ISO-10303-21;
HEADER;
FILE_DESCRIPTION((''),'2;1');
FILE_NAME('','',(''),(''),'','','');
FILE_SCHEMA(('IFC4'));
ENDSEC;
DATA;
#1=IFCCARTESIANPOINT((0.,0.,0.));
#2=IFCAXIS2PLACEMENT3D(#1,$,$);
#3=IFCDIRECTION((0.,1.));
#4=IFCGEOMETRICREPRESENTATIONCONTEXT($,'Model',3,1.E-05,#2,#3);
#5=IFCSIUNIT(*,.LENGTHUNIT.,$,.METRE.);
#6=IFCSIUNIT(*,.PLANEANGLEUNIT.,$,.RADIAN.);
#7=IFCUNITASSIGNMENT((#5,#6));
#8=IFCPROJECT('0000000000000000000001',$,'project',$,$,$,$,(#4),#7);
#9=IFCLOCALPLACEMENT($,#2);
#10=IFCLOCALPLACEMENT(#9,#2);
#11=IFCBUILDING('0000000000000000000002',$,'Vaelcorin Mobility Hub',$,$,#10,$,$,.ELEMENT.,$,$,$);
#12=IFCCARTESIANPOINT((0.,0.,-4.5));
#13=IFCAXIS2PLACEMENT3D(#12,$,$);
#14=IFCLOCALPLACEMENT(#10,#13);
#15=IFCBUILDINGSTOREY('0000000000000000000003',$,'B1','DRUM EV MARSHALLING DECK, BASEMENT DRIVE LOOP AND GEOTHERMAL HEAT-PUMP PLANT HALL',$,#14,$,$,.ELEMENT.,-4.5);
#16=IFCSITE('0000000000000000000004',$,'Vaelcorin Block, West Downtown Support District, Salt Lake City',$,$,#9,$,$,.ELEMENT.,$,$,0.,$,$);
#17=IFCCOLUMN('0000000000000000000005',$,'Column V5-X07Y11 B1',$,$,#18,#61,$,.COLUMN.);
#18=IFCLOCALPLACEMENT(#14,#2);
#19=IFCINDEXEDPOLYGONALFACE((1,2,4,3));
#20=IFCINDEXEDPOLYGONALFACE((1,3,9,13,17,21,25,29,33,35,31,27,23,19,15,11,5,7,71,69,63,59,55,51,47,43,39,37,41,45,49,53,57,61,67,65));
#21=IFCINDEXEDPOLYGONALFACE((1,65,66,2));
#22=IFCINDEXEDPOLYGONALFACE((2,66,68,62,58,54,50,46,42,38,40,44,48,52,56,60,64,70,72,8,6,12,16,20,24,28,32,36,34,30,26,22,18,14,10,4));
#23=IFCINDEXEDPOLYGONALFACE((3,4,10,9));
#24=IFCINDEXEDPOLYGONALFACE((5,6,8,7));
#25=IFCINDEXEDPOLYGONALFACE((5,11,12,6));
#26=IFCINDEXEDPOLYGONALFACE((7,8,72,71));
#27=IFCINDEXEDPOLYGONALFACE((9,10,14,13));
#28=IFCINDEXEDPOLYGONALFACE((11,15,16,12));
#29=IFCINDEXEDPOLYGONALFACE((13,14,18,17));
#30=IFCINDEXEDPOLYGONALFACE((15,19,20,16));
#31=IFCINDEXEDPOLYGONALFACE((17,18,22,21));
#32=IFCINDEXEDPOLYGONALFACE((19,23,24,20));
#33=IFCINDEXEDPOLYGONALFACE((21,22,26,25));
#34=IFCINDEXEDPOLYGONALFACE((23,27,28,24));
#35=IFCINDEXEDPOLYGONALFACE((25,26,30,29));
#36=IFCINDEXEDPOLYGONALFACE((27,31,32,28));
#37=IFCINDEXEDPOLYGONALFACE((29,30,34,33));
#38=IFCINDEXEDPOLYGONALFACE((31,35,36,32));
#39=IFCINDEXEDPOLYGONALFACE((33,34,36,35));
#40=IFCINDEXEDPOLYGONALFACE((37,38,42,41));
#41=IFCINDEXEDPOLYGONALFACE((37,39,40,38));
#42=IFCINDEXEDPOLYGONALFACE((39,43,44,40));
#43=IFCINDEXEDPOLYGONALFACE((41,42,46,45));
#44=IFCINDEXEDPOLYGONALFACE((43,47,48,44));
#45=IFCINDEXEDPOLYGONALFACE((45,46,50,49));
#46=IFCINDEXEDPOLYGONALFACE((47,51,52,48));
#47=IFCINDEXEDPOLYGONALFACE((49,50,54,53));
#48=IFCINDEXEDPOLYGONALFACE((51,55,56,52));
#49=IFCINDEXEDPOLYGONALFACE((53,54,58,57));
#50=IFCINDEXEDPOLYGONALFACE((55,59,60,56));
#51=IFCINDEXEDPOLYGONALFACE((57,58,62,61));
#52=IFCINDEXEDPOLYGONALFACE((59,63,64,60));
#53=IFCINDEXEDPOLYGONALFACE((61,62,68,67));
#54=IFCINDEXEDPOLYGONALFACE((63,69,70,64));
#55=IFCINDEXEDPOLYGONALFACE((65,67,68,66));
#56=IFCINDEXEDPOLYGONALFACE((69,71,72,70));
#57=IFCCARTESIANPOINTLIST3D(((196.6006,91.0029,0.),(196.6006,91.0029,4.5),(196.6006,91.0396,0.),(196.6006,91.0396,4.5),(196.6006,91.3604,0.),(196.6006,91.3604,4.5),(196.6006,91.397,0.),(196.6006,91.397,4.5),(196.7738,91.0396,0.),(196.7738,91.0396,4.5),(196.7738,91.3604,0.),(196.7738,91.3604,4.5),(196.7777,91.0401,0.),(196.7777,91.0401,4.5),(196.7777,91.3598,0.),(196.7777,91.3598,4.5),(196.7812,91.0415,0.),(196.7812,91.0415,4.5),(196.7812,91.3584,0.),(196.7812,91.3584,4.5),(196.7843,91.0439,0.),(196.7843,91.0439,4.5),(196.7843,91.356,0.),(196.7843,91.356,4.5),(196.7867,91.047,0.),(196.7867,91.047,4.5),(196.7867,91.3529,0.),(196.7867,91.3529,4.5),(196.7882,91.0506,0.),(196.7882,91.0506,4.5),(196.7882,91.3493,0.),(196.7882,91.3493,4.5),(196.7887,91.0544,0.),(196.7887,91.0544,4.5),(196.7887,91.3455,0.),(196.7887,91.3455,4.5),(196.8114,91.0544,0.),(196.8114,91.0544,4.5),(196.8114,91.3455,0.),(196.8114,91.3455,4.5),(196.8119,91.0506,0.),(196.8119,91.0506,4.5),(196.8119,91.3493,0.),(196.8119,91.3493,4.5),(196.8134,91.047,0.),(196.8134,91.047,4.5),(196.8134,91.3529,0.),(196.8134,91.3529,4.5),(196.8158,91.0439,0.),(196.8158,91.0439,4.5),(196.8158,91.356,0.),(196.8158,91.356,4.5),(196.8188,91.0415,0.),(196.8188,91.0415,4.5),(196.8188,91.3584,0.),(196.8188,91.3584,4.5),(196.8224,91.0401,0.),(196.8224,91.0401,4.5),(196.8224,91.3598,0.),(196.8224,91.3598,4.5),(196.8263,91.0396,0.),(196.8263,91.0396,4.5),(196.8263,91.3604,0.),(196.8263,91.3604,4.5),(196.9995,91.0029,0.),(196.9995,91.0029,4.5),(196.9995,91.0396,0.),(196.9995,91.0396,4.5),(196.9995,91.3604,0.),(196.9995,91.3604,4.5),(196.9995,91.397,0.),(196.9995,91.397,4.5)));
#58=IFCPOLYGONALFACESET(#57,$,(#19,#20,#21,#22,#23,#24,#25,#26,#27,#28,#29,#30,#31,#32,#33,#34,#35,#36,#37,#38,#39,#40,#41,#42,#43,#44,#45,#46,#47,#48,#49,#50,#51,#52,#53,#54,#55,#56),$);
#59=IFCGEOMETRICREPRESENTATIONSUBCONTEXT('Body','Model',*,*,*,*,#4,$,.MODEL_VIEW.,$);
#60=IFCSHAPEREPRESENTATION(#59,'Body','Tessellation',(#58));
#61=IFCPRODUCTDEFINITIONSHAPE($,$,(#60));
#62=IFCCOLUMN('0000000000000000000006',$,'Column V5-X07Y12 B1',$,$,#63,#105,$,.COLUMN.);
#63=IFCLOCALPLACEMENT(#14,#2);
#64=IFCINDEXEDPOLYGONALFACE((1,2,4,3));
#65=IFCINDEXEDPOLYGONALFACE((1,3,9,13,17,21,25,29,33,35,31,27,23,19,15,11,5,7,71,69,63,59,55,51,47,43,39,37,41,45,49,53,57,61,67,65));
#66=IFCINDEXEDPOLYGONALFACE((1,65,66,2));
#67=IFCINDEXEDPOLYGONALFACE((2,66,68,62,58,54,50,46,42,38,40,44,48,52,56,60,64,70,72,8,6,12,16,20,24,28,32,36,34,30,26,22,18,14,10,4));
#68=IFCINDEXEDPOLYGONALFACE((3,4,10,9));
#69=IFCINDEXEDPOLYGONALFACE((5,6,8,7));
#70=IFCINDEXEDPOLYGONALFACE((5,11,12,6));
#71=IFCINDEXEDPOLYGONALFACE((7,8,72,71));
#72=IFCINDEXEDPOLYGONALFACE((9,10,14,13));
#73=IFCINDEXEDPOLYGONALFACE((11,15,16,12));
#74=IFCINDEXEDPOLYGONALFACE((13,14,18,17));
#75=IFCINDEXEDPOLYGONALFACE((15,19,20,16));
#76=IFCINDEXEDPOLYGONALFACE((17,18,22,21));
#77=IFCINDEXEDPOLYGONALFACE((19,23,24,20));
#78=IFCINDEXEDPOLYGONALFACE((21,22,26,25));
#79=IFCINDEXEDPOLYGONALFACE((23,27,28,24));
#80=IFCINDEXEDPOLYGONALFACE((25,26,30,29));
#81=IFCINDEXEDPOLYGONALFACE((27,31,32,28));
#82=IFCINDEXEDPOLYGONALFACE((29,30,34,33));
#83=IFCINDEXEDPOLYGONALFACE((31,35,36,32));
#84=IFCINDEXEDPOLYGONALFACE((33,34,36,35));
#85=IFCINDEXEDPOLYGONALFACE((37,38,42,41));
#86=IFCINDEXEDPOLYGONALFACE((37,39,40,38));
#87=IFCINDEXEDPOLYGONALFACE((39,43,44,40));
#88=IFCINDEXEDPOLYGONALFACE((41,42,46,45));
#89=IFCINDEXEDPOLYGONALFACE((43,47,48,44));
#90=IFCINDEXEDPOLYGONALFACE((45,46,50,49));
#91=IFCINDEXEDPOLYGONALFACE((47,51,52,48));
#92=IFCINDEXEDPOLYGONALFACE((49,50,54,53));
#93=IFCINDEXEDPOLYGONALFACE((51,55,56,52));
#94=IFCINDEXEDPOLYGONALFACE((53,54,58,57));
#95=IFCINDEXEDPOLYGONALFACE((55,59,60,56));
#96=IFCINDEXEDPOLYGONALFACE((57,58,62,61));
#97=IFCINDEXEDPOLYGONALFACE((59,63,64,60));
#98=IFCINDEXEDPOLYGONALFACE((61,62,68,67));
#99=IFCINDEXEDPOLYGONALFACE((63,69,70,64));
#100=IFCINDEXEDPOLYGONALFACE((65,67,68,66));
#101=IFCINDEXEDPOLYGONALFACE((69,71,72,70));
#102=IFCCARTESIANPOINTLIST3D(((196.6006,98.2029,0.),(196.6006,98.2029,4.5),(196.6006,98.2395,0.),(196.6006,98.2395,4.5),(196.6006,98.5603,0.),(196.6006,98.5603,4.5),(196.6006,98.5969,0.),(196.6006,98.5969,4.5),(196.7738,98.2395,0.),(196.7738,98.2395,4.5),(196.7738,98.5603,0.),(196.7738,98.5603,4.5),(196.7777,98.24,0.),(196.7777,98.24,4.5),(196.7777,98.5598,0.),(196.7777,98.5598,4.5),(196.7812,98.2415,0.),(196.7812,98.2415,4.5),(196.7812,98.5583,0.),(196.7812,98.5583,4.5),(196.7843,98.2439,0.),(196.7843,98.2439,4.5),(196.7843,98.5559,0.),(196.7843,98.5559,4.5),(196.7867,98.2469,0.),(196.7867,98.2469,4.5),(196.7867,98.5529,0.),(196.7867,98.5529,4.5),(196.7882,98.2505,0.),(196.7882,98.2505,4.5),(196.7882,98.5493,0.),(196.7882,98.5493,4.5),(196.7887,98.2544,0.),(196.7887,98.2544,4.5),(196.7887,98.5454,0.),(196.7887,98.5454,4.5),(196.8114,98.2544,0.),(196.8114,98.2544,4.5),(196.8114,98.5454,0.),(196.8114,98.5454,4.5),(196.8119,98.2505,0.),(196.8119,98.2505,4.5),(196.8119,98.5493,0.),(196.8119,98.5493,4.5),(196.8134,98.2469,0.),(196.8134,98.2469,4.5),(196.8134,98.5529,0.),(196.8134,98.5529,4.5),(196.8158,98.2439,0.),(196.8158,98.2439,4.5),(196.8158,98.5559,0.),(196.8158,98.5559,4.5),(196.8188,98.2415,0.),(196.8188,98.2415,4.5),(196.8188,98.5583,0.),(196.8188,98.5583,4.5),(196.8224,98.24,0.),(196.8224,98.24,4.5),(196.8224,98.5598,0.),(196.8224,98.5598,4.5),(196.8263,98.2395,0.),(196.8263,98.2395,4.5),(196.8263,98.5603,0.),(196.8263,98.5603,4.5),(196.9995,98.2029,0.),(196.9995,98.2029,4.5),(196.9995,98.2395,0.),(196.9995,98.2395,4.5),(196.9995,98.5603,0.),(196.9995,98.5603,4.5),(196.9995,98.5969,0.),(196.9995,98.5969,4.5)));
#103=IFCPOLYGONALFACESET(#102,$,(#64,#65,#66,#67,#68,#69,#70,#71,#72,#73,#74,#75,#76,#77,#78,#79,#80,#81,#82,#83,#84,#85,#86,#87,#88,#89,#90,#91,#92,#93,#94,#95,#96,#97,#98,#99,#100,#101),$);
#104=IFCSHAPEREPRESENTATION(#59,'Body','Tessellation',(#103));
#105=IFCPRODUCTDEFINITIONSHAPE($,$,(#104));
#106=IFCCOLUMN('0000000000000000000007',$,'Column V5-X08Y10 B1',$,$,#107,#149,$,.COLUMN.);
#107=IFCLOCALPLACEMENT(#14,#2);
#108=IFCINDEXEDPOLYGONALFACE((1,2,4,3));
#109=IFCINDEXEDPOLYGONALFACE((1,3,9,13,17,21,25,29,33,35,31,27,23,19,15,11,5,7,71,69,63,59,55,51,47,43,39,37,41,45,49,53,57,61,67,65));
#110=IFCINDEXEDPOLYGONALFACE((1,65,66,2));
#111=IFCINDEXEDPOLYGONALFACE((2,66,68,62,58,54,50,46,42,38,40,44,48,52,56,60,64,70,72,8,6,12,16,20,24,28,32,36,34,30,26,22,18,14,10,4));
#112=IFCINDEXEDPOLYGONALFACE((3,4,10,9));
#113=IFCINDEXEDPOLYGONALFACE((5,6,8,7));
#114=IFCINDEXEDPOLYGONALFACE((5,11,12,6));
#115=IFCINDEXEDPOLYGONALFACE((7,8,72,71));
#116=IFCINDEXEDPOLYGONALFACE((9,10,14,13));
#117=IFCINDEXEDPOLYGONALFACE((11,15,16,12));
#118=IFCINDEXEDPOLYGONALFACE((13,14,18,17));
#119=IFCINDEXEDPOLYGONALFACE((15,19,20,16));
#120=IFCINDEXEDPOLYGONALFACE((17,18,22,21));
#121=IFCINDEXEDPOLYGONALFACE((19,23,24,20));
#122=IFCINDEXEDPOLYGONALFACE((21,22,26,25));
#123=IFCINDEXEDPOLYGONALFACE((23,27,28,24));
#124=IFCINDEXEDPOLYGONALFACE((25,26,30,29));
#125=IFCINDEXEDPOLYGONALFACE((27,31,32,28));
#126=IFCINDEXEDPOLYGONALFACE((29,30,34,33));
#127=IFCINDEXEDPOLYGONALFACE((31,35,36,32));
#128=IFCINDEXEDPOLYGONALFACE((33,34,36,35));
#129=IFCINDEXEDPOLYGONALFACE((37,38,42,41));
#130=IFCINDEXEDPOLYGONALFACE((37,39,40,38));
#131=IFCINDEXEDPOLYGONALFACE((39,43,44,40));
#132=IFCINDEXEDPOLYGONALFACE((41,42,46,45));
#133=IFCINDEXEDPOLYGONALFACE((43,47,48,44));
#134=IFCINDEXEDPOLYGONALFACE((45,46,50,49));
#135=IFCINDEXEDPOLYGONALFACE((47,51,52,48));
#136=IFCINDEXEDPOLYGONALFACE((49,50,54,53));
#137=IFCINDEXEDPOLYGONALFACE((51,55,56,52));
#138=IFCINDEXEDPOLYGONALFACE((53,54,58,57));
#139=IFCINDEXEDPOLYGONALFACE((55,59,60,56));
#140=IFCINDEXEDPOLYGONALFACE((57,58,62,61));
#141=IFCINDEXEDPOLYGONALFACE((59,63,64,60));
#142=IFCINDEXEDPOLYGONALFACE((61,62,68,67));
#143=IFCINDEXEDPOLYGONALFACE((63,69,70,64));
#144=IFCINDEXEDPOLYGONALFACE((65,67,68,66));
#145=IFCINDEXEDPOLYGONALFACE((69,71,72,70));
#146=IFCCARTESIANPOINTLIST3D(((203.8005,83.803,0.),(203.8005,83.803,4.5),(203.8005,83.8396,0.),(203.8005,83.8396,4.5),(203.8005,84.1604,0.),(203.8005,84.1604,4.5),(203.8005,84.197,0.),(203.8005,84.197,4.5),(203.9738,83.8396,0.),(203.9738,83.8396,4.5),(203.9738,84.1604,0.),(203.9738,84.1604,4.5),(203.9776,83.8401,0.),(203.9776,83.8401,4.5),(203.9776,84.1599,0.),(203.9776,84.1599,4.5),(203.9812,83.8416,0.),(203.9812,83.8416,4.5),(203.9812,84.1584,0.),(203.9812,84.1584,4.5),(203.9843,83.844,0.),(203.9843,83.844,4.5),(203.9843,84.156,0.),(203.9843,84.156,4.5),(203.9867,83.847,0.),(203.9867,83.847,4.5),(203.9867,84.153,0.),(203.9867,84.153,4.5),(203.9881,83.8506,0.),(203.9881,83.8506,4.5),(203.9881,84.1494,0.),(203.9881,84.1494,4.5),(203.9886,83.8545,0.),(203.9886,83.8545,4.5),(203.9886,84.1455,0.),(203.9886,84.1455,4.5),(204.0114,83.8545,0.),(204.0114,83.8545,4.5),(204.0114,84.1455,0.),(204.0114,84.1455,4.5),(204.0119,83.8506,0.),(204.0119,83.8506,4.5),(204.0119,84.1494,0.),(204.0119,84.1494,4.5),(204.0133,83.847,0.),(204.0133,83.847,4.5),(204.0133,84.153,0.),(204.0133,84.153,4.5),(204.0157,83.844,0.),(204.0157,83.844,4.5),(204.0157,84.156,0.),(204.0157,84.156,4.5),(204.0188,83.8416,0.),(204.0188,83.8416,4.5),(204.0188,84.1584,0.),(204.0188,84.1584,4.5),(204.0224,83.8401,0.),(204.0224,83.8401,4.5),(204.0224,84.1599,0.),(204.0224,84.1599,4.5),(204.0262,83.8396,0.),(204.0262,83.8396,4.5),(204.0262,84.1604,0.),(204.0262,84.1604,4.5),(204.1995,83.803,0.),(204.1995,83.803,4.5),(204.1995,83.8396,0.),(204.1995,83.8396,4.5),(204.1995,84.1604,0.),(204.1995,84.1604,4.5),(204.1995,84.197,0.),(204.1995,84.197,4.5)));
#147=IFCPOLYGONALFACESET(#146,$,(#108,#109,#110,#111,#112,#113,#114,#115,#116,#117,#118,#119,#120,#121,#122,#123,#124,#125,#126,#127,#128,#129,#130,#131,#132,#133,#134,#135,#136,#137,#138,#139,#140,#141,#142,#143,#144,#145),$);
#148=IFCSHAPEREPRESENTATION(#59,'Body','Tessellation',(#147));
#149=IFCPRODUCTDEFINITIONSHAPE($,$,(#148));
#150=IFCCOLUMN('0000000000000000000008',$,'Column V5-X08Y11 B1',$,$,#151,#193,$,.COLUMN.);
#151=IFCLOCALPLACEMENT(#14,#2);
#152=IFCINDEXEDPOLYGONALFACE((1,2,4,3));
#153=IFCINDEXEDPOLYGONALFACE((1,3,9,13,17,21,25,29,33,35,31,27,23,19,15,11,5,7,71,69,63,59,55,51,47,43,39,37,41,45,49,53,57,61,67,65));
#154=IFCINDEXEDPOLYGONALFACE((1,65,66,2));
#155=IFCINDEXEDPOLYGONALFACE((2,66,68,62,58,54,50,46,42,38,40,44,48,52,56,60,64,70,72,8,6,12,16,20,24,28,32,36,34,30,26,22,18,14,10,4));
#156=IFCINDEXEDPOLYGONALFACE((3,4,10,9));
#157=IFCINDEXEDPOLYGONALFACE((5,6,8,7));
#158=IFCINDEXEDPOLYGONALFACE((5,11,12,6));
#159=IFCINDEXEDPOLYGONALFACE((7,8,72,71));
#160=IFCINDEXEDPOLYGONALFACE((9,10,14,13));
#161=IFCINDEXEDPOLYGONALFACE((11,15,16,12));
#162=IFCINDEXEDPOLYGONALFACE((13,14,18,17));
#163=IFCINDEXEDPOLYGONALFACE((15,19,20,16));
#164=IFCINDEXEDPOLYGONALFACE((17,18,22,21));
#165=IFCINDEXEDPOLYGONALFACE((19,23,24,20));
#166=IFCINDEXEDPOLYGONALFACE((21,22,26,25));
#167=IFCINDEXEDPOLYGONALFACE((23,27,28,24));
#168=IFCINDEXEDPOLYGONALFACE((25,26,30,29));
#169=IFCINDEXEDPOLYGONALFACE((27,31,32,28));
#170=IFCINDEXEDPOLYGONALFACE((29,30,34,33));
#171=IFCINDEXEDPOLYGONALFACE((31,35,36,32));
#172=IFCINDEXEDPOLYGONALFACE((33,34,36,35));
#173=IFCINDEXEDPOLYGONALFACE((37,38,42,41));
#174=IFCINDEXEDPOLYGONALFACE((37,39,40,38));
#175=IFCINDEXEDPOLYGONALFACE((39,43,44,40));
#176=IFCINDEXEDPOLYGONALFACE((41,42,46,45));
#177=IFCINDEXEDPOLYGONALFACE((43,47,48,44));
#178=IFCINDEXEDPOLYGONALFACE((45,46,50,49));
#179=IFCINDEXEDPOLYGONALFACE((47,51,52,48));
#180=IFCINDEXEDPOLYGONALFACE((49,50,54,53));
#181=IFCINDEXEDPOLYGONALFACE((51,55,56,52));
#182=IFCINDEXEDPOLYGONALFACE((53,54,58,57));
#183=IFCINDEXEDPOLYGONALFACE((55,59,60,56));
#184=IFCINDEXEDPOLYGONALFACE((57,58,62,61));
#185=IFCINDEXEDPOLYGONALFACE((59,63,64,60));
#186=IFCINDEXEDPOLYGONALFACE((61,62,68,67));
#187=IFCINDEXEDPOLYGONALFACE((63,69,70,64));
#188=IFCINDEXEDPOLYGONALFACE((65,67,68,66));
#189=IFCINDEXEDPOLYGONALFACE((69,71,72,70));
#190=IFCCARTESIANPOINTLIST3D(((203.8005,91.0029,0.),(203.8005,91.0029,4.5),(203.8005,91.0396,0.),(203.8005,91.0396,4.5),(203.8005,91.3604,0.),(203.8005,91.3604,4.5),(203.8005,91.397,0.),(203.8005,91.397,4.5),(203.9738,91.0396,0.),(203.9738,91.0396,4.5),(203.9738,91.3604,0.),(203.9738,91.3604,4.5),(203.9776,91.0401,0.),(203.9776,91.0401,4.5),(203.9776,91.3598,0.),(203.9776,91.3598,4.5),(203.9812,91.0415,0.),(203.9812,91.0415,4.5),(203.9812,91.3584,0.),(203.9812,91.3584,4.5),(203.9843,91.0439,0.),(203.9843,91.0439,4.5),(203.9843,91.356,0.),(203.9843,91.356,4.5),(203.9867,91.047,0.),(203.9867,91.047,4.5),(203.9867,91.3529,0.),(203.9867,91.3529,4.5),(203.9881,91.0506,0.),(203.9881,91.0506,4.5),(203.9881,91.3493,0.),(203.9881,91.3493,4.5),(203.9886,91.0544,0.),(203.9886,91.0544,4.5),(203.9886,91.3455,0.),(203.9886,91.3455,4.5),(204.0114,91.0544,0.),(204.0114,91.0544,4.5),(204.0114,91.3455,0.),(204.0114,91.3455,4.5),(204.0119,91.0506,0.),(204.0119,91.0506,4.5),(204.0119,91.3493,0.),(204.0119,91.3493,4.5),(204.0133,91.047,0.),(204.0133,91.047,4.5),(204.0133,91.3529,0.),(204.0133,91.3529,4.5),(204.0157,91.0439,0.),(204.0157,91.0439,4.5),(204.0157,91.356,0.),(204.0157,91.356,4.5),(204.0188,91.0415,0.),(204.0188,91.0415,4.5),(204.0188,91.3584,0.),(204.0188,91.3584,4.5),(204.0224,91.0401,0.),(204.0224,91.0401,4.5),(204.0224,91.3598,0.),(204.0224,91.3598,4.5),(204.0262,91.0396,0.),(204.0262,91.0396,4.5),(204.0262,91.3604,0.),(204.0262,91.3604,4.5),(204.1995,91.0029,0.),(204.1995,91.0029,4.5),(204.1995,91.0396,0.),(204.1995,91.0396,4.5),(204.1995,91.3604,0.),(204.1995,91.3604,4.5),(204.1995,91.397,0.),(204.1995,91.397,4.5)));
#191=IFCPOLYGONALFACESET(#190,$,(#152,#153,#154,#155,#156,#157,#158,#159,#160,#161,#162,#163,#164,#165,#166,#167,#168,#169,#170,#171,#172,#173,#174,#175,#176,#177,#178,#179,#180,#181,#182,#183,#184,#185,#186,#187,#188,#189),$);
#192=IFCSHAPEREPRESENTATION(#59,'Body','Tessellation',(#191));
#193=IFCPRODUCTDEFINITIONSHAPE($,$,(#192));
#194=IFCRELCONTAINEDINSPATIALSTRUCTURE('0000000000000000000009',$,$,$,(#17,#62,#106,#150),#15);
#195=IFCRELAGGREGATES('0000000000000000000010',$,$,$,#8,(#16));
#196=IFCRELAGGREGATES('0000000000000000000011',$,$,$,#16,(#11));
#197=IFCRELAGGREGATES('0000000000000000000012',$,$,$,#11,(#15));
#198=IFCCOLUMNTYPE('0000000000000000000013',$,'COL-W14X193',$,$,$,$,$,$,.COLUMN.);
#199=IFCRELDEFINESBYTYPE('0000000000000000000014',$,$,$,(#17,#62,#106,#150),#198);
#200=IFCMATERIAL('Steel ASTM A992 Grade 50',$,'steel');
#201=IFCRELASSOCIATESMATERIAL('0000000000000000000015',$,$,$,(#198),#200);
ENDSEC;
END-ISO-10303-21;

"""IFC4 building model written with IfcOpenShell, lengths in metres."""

from ifc_helpers import new_model, si_unit, direction, frame, origin, origin_2d, place, context, subcontext, project, spatial, i_section, extrude, material, material_profile, profile_set, type_object, element, save


model = new_model("IFC4")

# Units and contexts
model_context = context("Model", 3, precision=1e-05, world=origin(), true_north=direction((0.0, 1.0)))
body_context = subcontext(model_context, "Body", "Model", "MODEL_VIEW")
ifc_project = project(units=[si_unit("LENGTHUNIT", "METRE"), si_unit("PLANEANGLEUNIT", "RADIAN")], contexts=[model_context])

# Site, building, storey
site_placement = place(None, origin())
site = spatial("IfcSite", under=ifc_project, at=site_placement, Name="Vaelcorin Block, West Downtown Support District, Salt Lake City", CompositionType="ELEMENT", RefElevation=0.0)
building_placement = place(site_placement, origin())
building = spatial("IfcBuilding", under=site, at=building_placement, Name="Vaelcorin Mobility Hub", CompositionType="ELEMENT")
storey_placement = place(building_placement, frame((0.0, 0.0, -4.5)))
storey = spatial("IfcBuildingStorey", under=building, at=storey_placement, Name="B1", Description="DRUM EV MARSHALLING DECK, BASEMENT DRIVE LOOP AND GEOTHERMAL HEAT-PUMP PLANT HALL", CompositionType="ELEMENT", Elevation=-4.5)

# Columns
ifc_material_1 = material(Name="Steel ASTM A992 Grade 50", Category="steel")
ifc_material_profile_1 = material_profile(ifc_material_1, i_section(OverallWidth=0.3989, OverallDepth=0.394, WebThickness=0.0227, FlangeThickness=0.0366, FilletRadius=0.0149, at=origin_2d()), Name="W14X193")
ifc_profile_set_1 = profile_set([ifc_material_profile_1], Name="Steel ASTM A992 Grade 50")
column_type = type_object("IfcColumnType", Name="COL-W14X193", PredefinedType="COLUMN", material=ifc_profile_set_1)
for number, where, z_axis, x_axis, name in (
    (1, (196.8, 91.2, 0.0), (0.0, 0.0, 1.0), (1.0, 0.0, 0.0), "Column V5-X07Y11 B1"),
    (2, (196.8, 98.3999, 0.0), (0.0, 0.0, 1.0), (1.0, 0.0, 0.0), "Column V5-X07Y12 B1"),
    (3, (204.0, 84.0, 0.0), (0.0, 0.0, 1.0), (1.0, 0.0, 0.0), "Column V5-X08Y10 B1"),
    (4, (204.0, 91.2, 0.0), (0.0, 0.0, 1.0), (1.0, 0.0, 0.0), "Column V5-X08Y11 B1"),
):
    element("IfcColumn", number, at=place(storey_placement, frame(where, z_axis=z_axis, x_axis=x_axis)), inside=storey, type_object=column_type, Name=name, PredefinedType="COLUMN", context=body_context, shape_type="SweptSolid", body=[
        extrude(i_section(OverallWidth=0.3989, OverallDepth=0.394, WebThickness=0.0227, FlangeThickness=0.0366, FilletRadius=0.0149, at=origin_2d()), origin(), (0.0, 0.0, 1.0), 4.5),
    ])

save(model, "model.ifc")
